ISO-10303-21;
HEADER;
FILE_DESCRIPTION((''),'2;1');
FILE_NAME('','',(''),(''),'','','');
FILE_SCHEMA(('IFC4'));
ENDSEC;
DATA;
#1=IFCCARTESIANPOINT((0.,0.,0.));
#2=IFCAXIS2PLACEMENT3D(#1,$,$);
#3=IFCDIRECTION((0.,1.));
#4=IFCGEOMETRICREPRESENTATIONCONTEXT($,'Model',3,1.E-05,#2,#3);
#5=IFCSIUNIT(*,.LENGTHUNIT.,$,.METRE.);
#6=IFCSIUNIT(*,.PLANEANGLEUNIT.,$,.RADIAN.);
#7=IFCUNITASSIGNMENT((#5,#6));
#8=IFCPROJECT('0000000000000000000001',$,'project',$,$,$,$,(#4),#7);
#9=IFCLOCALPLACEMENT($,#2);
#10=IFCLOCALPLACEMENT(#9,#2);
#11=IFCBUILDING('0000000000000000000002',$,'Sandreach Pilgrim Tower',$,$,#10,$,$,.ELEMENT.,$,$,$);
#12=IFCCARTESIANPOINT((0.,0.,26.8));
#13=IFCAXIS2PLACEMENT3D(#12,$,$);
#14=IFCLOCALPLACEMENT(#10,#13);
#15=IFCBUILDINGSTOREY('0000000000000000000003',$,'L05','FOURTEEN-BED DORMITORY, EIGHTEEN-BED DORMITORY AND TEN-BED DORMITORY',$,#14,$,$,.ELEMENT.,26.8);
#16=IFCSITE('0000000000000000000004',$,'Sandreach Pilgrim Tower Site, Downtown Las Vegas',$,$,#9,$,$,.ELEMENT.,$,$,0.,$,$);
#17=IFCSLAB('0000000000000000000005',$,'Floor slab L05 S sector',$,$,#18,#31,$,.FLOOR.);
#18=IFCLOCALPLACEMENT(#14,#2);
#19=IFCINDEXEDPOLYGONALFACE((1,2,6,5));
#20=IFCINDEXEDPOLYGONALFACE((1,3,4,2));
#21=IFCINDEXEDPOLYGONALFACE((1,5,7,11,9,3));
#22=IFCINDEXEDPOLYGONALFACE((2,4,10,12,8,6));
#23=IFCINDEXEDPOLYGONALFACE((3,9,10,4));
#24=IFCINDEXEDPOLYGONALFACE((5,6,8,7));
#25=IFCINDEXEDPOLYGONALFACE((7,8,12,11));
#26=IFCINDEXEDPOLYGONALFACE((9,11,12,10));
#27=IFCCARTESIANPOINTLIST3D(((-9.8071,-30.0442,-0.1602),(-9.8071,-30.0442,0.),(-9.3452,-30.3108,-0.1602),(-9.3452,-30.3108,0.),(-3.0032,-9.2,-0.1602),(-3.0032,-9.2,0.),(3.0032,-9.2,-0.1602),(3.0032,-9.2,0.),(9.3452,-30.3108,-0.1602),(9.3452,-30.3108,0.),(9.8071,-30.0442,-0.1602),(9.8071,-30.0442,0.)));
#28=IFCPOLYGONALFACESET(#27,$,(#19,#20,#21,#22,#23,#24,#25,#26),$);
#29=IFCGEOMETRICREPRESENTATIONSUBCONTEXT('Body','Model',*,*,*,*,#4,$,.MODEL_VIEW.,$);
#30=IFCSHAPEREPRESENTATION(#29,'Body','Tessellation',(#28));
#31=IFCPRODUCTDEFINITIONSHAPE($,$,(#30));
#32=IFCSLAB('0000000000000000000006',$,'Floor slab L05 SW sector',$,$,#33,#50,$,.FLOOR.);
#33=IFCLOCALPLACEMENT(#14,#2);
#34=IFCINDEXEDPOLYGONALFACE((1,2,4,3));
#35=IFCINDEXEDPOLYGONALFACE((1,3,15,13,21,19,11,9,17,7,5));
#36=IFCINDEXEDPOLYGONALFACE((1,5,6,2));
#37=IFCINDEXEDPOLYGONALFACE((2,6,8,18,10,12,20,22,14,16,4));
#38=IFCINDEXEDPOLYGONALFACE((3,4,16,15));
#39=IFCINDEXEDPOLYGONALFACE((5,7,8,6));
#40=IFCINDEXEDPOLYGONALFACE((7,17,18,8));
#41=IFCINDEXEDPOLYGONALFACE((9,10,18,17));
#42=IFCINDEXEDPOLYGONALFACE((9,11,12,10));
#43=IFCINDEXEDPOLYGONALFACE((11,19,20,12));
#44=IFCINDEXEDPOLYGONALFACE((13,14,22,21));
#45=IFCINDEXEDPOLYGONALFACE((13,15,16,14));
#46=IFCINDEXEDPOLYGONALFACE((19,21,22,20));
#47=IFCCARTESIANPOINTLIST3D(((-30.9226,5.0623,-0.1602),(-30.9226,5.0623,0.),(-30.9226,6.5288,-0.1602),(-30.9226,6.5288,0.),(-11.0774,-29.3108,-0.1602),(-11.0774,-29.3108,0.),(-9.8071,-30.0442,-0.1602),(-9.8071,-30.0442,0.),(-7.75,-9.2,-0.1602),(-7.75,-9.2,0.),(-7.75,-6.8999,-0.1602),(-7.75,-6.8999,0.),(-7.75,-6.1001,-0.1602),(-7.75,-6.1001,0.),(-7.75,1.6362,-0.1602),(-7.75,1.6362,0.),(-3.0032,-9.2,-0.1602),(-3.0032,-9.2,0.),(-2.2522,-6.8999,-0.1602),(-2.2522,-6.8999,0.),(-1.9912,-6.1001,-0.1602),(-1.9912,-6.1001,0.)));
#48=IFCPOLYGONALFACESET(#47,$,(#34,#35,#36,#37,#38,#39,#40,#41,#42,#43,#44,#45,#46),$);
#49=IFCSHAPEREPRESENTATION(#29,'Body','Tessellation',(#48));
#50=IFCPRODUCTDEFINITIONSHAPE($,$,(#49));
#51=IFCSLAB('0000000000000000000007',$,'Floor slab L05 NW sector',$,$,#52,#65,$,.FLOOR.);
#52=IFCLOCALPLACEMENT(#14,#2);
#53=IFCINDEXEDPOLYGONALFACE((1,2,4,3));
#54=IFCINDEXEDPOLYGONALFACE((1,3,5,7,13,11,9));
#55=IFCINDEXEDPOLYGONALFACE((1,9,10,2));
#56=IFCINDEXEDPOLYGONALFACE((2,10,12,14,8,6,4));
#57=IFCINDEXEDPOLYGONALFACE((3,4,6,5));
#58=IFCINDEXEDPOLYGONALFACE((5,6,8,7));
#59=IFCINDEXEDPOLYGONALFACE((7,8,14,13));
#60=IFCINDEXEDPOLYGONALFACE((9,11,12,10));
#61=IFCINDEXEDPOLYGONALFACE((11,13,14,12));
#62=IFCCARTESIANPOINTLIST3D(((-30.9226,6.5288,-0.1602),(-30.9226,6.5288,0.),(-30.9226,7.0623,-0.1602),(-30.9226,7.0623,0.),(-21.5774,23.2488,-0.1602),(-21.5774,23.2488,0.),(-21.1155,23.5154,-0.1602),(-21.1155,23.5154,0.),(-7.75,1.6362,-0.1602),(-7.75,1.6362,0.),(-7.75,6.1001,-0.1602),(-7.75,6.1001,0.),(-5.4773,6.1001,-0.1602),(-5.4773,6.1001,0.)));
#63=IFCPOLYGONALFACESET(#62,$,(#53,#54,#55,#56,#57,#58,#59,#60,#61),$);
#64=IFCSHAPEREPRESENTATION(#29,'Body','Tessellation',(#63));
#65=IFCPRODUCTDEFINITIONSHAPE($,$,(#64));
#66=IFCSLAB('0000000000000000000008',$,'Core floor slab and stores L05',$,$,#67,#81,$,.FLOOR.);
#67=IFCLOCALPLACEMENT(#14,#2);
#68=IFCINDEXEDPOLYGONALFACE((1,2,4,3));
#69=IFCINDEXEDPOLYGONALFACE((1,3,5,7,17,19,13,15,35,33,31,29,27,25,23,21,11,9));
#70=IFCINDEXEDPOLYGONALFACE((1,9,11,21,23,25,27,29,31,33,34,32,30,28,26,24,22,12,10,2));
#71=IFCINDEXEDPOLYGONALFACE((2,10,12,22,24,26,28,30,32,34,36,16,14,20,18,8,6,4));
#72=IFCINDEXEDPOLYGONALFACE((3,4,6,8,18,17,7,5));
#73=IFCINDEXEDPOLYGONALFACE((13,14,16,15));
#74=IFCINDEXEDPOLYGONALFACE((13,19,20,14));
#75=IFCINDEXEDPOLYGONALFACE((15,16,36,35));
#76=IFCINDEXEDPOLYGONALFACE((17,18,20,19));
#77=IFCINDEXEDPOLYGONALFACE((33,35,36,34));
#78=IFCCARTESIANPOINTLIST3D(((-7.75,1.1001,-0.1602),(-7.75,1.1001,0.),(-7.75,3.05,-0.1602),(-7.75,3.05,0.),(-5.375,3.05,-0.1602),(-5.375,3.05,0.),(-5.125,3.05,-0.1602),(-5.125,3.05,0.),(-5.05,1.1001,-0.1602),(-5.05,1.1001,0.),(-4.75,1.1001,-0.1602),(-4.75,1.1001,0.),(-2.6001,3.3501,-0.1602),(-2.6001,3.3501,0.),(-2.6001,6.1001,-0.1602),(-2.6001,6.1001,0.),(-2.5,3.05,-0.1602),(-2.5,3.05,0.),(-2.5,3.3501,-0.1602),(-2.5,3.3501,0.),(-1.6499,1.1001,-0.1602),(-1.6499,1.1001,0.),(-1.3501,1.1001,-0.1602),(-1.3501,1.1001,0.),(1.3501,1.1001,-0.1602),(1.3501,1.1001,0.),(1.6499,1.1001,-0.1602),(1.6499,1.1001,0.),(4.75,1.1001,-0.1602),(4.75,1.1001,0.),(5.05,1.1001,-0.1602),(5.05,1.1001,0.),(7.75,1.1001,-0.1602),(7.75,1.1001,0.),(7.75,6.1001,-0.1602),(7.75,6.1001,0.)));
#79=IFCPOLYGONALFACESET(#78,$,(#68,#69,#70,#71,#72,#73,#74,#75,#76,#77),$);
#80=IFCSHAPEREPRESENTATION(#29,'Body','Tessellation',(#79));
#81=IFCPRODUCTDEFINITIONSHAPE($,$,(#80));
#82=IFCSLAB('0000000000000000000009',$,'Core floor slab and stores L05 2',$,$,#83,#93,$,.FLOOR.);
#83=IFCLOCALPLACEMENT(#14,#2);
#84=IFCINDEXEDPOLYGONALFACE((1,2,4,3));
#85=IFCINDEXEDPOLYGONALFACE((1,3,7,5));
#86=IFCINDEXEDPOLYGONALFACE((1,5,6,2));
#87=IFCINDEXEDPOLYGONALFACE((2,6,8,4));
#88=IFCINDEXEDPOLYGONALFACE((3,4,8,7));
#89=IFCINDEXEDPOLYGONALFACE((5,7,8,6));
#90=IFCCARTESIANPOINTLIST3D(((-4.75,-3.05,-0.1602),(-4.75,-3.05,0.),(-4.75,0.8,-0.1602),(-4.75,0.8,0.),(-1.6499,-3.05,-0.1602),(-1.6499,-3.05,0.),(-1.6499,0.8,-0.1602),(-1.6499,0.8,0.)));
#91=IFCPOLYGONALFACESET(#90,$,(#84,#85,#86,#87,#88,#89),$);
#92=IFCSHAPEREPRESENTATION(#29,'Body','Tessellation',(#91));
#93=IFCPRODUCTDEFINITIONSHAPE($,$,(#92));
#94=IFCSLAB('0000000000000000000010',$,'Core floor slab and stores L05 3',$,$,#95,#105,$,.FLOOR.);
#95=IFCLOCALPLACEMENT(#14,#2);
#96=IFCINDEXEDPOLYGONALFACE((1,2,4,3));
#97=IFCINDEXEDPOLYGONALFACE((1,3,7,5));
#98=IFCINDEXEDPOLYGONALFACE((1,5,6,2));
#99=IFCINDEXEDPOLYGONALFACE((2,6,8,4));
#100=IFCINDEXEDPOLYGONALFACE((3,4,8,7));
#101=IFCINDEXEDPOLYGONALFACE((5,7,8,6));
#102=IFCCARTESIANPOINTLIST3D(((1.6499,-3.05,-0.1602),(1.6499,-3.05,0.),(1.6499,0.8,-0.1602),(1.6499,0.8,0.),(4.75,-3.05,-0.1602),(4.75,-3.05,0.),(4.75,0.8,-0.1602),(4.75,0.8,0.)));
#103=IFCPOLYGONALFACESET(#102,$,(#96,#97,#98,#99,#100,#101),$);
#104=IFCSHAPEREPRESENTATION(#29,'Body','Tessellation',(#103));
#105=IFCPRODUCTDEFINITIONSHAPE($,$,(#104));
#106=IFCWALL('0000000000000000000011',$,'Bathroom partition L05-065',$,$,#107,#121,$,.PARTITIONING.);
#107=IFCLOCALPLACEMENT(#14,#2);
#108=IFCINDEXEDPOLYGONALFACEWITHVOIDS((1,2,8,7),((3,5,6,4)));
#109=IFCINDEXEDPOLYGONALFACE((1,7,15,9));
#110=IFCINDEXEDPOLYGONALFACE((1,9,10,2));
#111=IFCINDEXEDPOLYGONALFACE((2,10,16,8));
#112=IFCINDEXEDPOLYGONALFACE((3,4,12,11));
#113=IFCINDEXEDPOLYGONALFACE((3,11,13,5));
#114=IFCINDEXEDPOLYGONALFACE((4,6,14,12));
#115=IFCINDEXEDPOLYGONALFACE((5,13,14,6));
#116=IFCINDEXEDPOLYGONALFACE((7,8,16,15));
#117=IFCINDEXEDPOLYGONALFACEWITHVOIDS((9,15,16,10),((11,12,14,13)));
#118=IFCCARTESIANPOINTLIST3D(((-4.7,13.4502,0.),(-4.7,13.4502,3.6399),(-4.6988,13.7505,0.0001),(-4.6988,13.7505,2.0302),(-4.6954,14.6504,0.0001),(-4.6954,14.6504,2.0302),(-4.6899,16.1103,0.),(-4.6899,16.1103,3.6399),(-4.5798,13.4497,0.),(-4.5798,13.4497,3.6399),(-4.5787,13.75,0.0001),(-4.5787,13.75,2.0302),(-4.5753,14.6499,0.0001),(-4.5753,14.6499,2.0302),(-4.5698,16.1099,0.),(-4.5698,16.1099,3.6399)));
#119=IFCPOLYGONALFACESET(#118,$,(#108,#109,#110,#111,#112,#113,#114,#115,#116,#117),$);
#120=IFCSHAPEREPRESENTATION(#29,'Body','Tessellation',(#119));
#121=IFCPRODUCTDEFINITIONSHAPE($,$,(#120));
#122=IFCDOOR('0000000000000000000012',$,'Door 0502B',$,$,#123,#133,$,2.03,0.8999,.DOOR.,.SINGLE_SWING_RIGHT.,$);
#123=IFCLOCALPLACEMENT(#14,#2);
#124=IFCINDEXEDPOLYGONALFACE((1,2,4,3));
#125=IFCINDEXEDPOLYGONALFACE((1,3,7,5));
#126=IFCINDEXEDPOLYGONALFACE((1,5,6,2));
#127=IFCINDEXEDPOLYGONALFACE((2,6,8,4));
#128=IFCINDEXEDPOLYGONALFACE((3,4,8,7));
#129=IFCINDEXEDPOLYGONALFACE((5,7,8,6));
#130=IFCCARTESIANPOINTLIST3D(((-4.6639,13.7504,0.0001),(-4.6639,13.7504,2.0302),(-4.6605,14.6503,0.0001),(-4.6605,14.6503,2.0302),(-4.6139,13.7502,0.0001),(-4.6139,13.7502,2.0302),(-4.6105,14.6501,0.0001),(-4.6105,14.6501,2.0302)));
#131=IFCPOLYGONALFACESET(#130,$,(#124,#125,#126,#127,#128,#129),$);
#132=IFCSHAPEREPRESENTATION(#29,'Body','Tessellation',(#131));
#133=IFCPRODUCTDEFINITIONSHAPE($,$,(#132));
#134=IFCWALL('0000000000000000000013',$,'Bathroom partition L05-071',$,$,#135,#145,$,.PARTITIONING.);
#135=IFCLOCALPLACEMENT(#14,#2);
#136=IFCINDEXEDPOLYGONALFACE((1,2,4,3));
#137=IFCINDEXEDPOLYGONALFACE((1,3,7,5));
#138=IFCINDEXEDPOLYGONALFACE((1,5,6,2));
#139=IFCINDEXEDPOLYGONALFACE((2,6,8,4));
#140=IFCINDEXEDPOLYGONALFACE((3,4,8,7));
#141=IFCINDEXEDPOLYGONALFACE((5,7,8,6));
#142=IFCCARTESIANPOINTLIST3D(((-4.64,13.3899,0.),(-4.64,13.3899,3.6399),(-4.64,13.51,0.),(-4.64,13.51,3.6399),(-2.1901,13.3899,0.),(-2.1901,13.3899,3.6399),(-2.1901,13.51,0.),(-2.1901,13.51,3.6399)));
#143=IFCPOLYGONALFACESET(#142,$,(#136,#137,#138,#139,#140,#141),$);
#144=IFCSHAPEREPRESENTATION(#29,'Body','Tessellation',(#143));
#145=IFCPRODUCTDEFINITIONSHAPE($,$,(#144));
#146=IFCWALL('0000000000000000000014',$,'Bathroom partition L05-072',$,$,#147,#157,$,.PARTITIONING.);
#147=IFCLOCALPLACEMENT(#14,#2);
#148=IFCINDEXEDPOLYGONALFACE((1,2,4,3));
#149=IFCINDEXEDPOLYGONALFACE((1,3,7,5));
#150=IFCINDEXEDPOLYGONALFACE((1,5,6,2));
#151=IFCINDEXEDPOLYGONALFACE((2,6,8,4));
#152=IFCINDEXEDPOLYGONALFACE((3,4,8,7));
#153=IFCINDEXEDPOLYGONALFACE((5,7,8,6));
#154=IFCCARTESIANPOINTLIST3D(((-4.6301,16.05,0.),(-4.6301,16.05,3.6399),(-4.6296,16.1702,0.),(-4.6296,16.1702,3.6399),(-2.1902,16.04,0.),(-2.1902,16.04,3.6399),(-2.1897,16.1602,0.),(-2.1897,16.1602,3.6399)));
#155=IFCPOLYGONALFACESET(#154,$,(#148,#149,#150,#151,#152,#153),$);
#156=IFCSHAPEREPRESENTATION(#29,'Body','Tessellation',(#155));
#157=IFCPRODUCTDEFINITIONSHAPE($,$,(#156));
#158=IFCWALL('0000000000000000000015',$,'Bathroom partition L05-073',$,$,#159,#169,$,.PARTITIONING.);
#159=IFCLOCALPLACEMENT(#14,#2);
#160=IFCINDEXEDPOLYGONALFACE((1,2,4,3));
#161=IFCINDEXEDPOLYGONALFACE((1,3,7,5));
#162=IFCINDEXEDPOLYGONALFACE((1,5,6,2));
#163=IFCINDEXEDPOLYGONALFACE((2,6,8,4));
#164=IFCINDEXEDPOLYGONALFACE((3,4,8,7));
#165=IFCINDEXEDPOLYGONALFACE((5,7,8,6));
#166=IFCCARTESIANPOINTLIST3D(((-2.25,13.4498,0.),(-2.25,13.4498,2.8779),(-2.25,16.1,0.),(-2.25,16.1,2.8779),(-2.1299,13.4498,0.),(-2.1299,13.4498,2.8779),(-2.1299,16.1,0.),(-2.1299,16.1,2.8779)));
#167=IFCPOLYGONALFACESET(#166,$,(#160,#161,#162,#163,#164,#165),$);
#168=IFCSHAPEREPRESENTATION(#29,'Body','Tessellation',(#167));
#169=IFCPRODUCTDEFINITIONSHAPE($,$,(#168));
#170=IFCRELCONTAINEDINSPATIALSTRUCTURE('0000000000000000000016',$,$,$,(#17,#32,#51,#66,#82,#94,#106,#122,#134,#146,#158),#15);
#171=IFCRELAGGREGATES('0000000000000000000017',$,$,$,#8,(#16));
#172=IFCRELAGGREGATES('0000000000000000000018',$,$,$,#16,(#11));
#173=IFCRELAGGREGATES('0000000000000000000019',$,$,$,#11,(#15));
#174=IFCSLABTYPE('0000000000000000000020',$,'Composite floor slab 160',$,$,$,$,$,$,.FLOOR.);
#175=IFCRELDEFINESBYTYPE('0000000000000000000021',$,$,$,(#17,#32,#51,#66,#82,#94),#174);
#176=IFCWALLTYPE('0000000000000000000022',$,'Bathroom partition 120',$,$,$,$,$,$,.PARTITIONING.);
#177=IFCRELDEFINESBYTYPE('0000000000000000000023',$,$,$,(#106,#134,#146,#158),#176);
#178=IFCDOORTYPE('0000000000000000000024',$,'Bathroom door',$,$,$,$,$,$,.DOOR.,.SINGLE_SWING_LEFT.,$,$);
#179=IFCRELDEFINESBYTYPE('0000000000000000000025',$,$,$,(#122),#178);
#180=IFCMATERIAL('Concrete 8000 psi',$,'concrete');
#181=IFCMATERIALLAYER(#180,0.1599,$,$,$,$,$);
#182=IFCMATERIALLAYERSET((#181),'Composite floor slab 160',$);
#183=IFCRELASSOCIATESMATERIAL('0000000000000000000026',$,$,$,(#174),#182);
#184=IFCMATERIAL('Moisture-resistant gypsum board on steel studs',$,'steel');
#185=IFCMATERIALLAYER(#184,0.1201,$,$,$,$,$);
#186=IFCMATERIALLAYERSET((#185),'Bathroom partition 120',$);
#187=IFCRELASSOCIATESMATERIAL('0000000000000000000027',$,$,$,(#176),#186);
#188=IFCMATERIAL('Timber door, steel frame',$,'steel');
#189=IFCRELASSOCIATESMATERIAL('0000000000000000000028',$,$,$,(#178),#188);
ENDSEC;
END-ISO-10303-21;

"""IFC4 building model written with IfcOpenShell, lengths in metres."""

from ifc_helpers import new_model, si_unit, direction, frame, frame_2d, origin, place, context, subcontext, project, spatial, polyline, rectangle, outline, extrude, material, layer, layer_set, type_object, element, fill, save


model = new_model("IFC4")

# Units and contexts
model_context = context("Model", 3, precision=1e-05, world=origin(), true_north=direction((0.0, 1.0)))
body_context = subcontext(model_context, "Body", "Model", "MODEL_VIEW")
ifc_project = project(units=[si_unit("LENGTHUNIT", "METRE"), si_unit("PLANEANGLEUNIT", "RADIAN")], contexts=[model_context])

# Site, building, storey
site_placement = place(None, origin())
site = spatial("IfcSite", under=ifc_project, at=site_placement, Name="Sandreach Pilgrim Tower Site, Downtown Las Vegas", CompositionType="ELEMENT", RefElevation=0.0)
building_placement = place(site_placement, origin())
building = spatial("IfcBuilding", under=site, at=building_placement, Name="Sandreach Pilgrim Tower", CompositionType="ELEMENT")
storey_placement = place(building_placement, frame((0.0, 0.0, 26.8)))
storey = spatial("IfcBuildingStorey", under=building, at=storey_placement, Name="L05", Description="FOURTEEN-BED DORMITORY, EIGHTEEN-BED DORMITORY AND TEN-BED DORMITORY", CompositionType="ELEMENT", Elevation=26.8)

# Slabs
ifc_material_1 = material(Name="Concrete 8000 psi", Category="concrete")
ifc_layer_1 = layer(ifc_material_1, 0.1599)
ifc_layer_set_1 = layer_set([ifc_layer_1], Name="Composite floor slab 160")
slab_type = type_object("IfcSlabType", Name="Composite floor slab 160", PredefinedType="FLOOR", material=ifc_layer_set_1)
slab_1_placement = place(storey_placement, frame((0.0, 0.0, -0.1602)))
element("IfcSlab", 1, at=slab_1_placement, inside=storey, type_object=slab_type, Name="Floor slab L05 S sector", PredefinedType="FLOOR", context=body_context, shape_type="SweptSolid", body=[
    extrude(outline(polyline([(9.3452, -30.3108), (-9.3452, -30.3108), (-9.8071, -30.0442), (-3.0032, -9.2), (3.0032, -9.2), (9.8071, -30.0442), (9.3452, -30.3108)])), origin(), (0.0, 0.0, 1.0), 0.1602),
])
slab_2_placement = place(storey_placement, frame((0.0, 0.0, -0.1602)))
element("IfcSlab", 2, at=slab_2_placement, inside=storey, type_object=slab_type, Name="Floor slab L05 SW sector", PredefinedType="FLOOR", context=body_context, shape_type="SweptSolid", body=[
    extrude(outline(polyline([(-11.0774, -29.3108), (-30.9226, 5.0623), (-30.9226, 6.5288), (-7.75, 1.6362), (-7.75, -6.1001), (-1.9912, -6.1001), (-2.2522, -6.8999), (-7.75, -6.8999), (-7.75, -9.2), (-3.0032, -9.2), (-9.8071, -30.0442), (-11.0774, -29.3108)])), origin(), (0.0, 0.0, 1.0), 0.1602),
])
slab_3_placement = place(storey_placement, frame((0.0, 0.0, -0.1602)))
element("IfcSlab", 3, at=slab_3_placement, inside=storey, type_object=slab_type, Name="Floor slab L05 NW sector", PredefinedType="FLOOR", context=body_context, shape_type="SweptSolid", body=[
    extrude(outline(polyline([(-30.9226, 7.0623), (-21.5774, 23.2488), (-21.1155, 23.5154), (-5.4773, 6.1001), (-7.75, 6.1001), (-7.75, 1.6362), (-30.9226, 6.5288), (-30.9226, 7.0623)])), origin(), (0.0, 0.0, 1.0), 0.1602),
])
slab_4_placement = place(storey_placement, frame((0.0, 0.0, -0.1602)))
element("IfcSlab", 4, at=slab_4_placement, inside=storey, type_object=slab_type, Name="Core floor slab and stores L05", PredefinedType="FLOOR", context=body_context, shape_type="SweptSolid", body=[
    extrude(outline(polyline([(-7.75, 3.05), (-5.375, 3.05), (-5.125, 3.05), (-2.5, 3.05), (-2.5, 3.3501), (-2.6001, 3.3501), (-2.6001, 6.1001), (7.75, 6.1001), (7.75, 1.1001), (5.05, 1.1001), (4.75, 1.1001), (1.6499, 1.1001), (1.3501, 1.1001), (-1.3501, 1.1001), (-1.6499, 1.1001), (-4.75, 1.1001), (-5.05, 1.1001), (-7.75, 1.1001), (-7.75, 3.05)])), origin(), (0.0, 0.0, 1.0), 0.1602),
])
slab_5_placement = place(storey_placement, frame((0.0, 0.0, -0.1602)))
element("IfcSlab", 5, at=slab_5_placement, inside=storey, type_object=slab_type, Name="Core floor slab and stores L05 2", PredefinedType="FLOOR", context=body_context, shape_type="SweptSolid", body=[
    extrude(outline(polyline([(-1.6499, -3.05), (-4.75, -3.05), (-4.75, 0.8), (-1.6499, 0.8), (-1.6499, -3.05)])), origin(), (0.0, 0.0, 1.0), 0.1602),
])
slab_6_placement = place(storey_placement, frame((0.0, 0.0, -0.1602)))
element("IfcSlab", 6, at=slab_6_placement, inside=storey, type_object=slab_type, Name="Core floor slab and stores L05 3", PredefinedType="FLOOR", context=body_context, shape_type="SweptSolid", body=[
    extrude(outline(polyline([(4.75, -3.05), (1.6499, -3.05), (1.6499, 0.8), (4.75, 0.8), (4.75, -3.05)])), origin(), (0.0, 0.0, 1.0), 0.1602),
])

# Wall, opening, door
ifc_material_2 = material(Name="Moisture-resistant gypsum board on steel studs", Category="steel")
ifc_layer_2 = layer(ifc_material_2, 0.1201)
ifc_layer_set_2 = layer_set([ifc_layer_2], Name="Bathroom partition 120")
wall_type_1 = type_object("IfcWallType", Name="Bathroom partition 120", PredefinedType="PARTITIONING", material=ifc_layer_set_2)
wall_1_placement = place(storey_placement, frame((-4.6299, 16.1101, 0.0), z_axis=(0.0, 0.0, 1.0), x_axis=(-0.003763, -0.999993, 0.0)))
wall_1 = element("IfcWall", 7, at=wall_1_placement, inside=storey, type_object=wall_type_1, Name="Bathroom partition L05-065", PredefinedType="PARTITIONING", context=body_context, shape_type="SweptSolid", body=[
    extrude(rectangle(XDim=2.6602, YDim=0.1201, at=frame_2d((1.3301, 0.0))), origin(), (0.0, 0.0, 1.0), 3.6399),
])
opening_1_placement = place(wall_1_placement, frame((1.46, 0.0, 0.0)))
opening_1 = element("IfcOpeningElement", 8, at=opening_1_placement, cuts=wall_1, PredefinedType="OPENING", context=body_context, shape_type="SweptSolid", body=[
    extrude(rectangle(XDim=0.8999, YDim=2.03, at=frame_2d((0.45, 1.0151))), frame((0.0, 0.0601, 0.0), z_axis=(0.0, -1.0, 0.0), x_axis=(1.0, 0.0, 0.0)), (0.0, 0.0, 1.0), 0.1201),
])
ifc_material_3 = material(Name="Timber door, steel frame", Category="steel")
door_type_1 = type_object("IfcDoorType", Name="Bathroom door", OperationType="SINGLE_SWING_LEFT", PredefinedType="DOOR", material=ifc_material_3)
door_1_placement = place(opening_1_placement, origin())
door_1 = element("IfcDoor", 9, at=door_1_placement, inside=storey, type_object=door_type_1, Name="Door 0502B", OperationType="SINGLE_SWING_RIGHT", OverallHeight=2.03, OverallWidth=0.8999, PredefinedType="DOOR", context=body_context, shape_type="SweptSolid", body=[
    extrude(rectangle(XDim=0.8999, YDim=2.03, at=frame_2d((0.45, 1.0151))), frame((0.0, 0.0249, 0.0), z_axis=(0.0, -1.0, 0.0), x_axis=(1.0, 0.0, 0.0)), (0.0, 0.0, 1.0), 0.05),
])
fill(opening_1, door_1)

# Walls
wall_2_placement = place(storey_placement, frame((-2.1899, 13.45, 0.0), z_axis=(0.0, 0.0, 1.0), x_axis=(-1.0, 0.0, 0.0)))
element("IfcWall", 10, at=wall_2_placement, inside=storey, type_object=wall_type_1, Name="Bathroom partition L05-071", PredefinedType="PARTITIONING", context=body_context, shape_type="SweptSolid", body=[
    extrude(rectangle(XDim=2.45, YDim=0.1201, at=frame_2d((1.2251, 0.0))), origin(), (0.0, 0.0, 1.0), 3.6399),
])
wall_3_placement = place(storey_placement, frame((-2.1899, 16.1001, 0.0), z_axis=(0.0, 0.0, 1.0), x_axis=(-0.999992, 0.004102, 0.0)))
element("IfcWall", 11, at=wall_3_placement, inside=storey, type_object=wall_type_1, Name="Bathroom partition L05-072", PredefinedType="PARTITIONING", context=body_context, shape_type="SweptSolid", body=[
    extrude(rectangle(XDim=2.4399, YDim=0.1201, at=frame_2d((1.22, 0.0))), origin(), (0.0, 0.0, 1.0), 3.6399),
])
wall_4_placement = place(storey_placement, frame((-2.1899, 16.1001, 0.0), z_axis=(0.0, 0.0, 1.0), x_axis=(0.0, -1.0, 0.0)))
element("IfcWall", 12, at=wall_4_placement, inside=storey, type_object=wall_type_1, Name="Bathroom partition L05-073", PredefinedType="PARTITIONING", context=body_context, shape_type="SweptSolid", body=[
    extrude(rectangle(XDim=2.6501, YDim=0.1201, at=frame_2d((1.3252, 0.0))), origin(), (0.0, 0.0, 1.0), 2.8779),
])

save(model, "model.ifc")
